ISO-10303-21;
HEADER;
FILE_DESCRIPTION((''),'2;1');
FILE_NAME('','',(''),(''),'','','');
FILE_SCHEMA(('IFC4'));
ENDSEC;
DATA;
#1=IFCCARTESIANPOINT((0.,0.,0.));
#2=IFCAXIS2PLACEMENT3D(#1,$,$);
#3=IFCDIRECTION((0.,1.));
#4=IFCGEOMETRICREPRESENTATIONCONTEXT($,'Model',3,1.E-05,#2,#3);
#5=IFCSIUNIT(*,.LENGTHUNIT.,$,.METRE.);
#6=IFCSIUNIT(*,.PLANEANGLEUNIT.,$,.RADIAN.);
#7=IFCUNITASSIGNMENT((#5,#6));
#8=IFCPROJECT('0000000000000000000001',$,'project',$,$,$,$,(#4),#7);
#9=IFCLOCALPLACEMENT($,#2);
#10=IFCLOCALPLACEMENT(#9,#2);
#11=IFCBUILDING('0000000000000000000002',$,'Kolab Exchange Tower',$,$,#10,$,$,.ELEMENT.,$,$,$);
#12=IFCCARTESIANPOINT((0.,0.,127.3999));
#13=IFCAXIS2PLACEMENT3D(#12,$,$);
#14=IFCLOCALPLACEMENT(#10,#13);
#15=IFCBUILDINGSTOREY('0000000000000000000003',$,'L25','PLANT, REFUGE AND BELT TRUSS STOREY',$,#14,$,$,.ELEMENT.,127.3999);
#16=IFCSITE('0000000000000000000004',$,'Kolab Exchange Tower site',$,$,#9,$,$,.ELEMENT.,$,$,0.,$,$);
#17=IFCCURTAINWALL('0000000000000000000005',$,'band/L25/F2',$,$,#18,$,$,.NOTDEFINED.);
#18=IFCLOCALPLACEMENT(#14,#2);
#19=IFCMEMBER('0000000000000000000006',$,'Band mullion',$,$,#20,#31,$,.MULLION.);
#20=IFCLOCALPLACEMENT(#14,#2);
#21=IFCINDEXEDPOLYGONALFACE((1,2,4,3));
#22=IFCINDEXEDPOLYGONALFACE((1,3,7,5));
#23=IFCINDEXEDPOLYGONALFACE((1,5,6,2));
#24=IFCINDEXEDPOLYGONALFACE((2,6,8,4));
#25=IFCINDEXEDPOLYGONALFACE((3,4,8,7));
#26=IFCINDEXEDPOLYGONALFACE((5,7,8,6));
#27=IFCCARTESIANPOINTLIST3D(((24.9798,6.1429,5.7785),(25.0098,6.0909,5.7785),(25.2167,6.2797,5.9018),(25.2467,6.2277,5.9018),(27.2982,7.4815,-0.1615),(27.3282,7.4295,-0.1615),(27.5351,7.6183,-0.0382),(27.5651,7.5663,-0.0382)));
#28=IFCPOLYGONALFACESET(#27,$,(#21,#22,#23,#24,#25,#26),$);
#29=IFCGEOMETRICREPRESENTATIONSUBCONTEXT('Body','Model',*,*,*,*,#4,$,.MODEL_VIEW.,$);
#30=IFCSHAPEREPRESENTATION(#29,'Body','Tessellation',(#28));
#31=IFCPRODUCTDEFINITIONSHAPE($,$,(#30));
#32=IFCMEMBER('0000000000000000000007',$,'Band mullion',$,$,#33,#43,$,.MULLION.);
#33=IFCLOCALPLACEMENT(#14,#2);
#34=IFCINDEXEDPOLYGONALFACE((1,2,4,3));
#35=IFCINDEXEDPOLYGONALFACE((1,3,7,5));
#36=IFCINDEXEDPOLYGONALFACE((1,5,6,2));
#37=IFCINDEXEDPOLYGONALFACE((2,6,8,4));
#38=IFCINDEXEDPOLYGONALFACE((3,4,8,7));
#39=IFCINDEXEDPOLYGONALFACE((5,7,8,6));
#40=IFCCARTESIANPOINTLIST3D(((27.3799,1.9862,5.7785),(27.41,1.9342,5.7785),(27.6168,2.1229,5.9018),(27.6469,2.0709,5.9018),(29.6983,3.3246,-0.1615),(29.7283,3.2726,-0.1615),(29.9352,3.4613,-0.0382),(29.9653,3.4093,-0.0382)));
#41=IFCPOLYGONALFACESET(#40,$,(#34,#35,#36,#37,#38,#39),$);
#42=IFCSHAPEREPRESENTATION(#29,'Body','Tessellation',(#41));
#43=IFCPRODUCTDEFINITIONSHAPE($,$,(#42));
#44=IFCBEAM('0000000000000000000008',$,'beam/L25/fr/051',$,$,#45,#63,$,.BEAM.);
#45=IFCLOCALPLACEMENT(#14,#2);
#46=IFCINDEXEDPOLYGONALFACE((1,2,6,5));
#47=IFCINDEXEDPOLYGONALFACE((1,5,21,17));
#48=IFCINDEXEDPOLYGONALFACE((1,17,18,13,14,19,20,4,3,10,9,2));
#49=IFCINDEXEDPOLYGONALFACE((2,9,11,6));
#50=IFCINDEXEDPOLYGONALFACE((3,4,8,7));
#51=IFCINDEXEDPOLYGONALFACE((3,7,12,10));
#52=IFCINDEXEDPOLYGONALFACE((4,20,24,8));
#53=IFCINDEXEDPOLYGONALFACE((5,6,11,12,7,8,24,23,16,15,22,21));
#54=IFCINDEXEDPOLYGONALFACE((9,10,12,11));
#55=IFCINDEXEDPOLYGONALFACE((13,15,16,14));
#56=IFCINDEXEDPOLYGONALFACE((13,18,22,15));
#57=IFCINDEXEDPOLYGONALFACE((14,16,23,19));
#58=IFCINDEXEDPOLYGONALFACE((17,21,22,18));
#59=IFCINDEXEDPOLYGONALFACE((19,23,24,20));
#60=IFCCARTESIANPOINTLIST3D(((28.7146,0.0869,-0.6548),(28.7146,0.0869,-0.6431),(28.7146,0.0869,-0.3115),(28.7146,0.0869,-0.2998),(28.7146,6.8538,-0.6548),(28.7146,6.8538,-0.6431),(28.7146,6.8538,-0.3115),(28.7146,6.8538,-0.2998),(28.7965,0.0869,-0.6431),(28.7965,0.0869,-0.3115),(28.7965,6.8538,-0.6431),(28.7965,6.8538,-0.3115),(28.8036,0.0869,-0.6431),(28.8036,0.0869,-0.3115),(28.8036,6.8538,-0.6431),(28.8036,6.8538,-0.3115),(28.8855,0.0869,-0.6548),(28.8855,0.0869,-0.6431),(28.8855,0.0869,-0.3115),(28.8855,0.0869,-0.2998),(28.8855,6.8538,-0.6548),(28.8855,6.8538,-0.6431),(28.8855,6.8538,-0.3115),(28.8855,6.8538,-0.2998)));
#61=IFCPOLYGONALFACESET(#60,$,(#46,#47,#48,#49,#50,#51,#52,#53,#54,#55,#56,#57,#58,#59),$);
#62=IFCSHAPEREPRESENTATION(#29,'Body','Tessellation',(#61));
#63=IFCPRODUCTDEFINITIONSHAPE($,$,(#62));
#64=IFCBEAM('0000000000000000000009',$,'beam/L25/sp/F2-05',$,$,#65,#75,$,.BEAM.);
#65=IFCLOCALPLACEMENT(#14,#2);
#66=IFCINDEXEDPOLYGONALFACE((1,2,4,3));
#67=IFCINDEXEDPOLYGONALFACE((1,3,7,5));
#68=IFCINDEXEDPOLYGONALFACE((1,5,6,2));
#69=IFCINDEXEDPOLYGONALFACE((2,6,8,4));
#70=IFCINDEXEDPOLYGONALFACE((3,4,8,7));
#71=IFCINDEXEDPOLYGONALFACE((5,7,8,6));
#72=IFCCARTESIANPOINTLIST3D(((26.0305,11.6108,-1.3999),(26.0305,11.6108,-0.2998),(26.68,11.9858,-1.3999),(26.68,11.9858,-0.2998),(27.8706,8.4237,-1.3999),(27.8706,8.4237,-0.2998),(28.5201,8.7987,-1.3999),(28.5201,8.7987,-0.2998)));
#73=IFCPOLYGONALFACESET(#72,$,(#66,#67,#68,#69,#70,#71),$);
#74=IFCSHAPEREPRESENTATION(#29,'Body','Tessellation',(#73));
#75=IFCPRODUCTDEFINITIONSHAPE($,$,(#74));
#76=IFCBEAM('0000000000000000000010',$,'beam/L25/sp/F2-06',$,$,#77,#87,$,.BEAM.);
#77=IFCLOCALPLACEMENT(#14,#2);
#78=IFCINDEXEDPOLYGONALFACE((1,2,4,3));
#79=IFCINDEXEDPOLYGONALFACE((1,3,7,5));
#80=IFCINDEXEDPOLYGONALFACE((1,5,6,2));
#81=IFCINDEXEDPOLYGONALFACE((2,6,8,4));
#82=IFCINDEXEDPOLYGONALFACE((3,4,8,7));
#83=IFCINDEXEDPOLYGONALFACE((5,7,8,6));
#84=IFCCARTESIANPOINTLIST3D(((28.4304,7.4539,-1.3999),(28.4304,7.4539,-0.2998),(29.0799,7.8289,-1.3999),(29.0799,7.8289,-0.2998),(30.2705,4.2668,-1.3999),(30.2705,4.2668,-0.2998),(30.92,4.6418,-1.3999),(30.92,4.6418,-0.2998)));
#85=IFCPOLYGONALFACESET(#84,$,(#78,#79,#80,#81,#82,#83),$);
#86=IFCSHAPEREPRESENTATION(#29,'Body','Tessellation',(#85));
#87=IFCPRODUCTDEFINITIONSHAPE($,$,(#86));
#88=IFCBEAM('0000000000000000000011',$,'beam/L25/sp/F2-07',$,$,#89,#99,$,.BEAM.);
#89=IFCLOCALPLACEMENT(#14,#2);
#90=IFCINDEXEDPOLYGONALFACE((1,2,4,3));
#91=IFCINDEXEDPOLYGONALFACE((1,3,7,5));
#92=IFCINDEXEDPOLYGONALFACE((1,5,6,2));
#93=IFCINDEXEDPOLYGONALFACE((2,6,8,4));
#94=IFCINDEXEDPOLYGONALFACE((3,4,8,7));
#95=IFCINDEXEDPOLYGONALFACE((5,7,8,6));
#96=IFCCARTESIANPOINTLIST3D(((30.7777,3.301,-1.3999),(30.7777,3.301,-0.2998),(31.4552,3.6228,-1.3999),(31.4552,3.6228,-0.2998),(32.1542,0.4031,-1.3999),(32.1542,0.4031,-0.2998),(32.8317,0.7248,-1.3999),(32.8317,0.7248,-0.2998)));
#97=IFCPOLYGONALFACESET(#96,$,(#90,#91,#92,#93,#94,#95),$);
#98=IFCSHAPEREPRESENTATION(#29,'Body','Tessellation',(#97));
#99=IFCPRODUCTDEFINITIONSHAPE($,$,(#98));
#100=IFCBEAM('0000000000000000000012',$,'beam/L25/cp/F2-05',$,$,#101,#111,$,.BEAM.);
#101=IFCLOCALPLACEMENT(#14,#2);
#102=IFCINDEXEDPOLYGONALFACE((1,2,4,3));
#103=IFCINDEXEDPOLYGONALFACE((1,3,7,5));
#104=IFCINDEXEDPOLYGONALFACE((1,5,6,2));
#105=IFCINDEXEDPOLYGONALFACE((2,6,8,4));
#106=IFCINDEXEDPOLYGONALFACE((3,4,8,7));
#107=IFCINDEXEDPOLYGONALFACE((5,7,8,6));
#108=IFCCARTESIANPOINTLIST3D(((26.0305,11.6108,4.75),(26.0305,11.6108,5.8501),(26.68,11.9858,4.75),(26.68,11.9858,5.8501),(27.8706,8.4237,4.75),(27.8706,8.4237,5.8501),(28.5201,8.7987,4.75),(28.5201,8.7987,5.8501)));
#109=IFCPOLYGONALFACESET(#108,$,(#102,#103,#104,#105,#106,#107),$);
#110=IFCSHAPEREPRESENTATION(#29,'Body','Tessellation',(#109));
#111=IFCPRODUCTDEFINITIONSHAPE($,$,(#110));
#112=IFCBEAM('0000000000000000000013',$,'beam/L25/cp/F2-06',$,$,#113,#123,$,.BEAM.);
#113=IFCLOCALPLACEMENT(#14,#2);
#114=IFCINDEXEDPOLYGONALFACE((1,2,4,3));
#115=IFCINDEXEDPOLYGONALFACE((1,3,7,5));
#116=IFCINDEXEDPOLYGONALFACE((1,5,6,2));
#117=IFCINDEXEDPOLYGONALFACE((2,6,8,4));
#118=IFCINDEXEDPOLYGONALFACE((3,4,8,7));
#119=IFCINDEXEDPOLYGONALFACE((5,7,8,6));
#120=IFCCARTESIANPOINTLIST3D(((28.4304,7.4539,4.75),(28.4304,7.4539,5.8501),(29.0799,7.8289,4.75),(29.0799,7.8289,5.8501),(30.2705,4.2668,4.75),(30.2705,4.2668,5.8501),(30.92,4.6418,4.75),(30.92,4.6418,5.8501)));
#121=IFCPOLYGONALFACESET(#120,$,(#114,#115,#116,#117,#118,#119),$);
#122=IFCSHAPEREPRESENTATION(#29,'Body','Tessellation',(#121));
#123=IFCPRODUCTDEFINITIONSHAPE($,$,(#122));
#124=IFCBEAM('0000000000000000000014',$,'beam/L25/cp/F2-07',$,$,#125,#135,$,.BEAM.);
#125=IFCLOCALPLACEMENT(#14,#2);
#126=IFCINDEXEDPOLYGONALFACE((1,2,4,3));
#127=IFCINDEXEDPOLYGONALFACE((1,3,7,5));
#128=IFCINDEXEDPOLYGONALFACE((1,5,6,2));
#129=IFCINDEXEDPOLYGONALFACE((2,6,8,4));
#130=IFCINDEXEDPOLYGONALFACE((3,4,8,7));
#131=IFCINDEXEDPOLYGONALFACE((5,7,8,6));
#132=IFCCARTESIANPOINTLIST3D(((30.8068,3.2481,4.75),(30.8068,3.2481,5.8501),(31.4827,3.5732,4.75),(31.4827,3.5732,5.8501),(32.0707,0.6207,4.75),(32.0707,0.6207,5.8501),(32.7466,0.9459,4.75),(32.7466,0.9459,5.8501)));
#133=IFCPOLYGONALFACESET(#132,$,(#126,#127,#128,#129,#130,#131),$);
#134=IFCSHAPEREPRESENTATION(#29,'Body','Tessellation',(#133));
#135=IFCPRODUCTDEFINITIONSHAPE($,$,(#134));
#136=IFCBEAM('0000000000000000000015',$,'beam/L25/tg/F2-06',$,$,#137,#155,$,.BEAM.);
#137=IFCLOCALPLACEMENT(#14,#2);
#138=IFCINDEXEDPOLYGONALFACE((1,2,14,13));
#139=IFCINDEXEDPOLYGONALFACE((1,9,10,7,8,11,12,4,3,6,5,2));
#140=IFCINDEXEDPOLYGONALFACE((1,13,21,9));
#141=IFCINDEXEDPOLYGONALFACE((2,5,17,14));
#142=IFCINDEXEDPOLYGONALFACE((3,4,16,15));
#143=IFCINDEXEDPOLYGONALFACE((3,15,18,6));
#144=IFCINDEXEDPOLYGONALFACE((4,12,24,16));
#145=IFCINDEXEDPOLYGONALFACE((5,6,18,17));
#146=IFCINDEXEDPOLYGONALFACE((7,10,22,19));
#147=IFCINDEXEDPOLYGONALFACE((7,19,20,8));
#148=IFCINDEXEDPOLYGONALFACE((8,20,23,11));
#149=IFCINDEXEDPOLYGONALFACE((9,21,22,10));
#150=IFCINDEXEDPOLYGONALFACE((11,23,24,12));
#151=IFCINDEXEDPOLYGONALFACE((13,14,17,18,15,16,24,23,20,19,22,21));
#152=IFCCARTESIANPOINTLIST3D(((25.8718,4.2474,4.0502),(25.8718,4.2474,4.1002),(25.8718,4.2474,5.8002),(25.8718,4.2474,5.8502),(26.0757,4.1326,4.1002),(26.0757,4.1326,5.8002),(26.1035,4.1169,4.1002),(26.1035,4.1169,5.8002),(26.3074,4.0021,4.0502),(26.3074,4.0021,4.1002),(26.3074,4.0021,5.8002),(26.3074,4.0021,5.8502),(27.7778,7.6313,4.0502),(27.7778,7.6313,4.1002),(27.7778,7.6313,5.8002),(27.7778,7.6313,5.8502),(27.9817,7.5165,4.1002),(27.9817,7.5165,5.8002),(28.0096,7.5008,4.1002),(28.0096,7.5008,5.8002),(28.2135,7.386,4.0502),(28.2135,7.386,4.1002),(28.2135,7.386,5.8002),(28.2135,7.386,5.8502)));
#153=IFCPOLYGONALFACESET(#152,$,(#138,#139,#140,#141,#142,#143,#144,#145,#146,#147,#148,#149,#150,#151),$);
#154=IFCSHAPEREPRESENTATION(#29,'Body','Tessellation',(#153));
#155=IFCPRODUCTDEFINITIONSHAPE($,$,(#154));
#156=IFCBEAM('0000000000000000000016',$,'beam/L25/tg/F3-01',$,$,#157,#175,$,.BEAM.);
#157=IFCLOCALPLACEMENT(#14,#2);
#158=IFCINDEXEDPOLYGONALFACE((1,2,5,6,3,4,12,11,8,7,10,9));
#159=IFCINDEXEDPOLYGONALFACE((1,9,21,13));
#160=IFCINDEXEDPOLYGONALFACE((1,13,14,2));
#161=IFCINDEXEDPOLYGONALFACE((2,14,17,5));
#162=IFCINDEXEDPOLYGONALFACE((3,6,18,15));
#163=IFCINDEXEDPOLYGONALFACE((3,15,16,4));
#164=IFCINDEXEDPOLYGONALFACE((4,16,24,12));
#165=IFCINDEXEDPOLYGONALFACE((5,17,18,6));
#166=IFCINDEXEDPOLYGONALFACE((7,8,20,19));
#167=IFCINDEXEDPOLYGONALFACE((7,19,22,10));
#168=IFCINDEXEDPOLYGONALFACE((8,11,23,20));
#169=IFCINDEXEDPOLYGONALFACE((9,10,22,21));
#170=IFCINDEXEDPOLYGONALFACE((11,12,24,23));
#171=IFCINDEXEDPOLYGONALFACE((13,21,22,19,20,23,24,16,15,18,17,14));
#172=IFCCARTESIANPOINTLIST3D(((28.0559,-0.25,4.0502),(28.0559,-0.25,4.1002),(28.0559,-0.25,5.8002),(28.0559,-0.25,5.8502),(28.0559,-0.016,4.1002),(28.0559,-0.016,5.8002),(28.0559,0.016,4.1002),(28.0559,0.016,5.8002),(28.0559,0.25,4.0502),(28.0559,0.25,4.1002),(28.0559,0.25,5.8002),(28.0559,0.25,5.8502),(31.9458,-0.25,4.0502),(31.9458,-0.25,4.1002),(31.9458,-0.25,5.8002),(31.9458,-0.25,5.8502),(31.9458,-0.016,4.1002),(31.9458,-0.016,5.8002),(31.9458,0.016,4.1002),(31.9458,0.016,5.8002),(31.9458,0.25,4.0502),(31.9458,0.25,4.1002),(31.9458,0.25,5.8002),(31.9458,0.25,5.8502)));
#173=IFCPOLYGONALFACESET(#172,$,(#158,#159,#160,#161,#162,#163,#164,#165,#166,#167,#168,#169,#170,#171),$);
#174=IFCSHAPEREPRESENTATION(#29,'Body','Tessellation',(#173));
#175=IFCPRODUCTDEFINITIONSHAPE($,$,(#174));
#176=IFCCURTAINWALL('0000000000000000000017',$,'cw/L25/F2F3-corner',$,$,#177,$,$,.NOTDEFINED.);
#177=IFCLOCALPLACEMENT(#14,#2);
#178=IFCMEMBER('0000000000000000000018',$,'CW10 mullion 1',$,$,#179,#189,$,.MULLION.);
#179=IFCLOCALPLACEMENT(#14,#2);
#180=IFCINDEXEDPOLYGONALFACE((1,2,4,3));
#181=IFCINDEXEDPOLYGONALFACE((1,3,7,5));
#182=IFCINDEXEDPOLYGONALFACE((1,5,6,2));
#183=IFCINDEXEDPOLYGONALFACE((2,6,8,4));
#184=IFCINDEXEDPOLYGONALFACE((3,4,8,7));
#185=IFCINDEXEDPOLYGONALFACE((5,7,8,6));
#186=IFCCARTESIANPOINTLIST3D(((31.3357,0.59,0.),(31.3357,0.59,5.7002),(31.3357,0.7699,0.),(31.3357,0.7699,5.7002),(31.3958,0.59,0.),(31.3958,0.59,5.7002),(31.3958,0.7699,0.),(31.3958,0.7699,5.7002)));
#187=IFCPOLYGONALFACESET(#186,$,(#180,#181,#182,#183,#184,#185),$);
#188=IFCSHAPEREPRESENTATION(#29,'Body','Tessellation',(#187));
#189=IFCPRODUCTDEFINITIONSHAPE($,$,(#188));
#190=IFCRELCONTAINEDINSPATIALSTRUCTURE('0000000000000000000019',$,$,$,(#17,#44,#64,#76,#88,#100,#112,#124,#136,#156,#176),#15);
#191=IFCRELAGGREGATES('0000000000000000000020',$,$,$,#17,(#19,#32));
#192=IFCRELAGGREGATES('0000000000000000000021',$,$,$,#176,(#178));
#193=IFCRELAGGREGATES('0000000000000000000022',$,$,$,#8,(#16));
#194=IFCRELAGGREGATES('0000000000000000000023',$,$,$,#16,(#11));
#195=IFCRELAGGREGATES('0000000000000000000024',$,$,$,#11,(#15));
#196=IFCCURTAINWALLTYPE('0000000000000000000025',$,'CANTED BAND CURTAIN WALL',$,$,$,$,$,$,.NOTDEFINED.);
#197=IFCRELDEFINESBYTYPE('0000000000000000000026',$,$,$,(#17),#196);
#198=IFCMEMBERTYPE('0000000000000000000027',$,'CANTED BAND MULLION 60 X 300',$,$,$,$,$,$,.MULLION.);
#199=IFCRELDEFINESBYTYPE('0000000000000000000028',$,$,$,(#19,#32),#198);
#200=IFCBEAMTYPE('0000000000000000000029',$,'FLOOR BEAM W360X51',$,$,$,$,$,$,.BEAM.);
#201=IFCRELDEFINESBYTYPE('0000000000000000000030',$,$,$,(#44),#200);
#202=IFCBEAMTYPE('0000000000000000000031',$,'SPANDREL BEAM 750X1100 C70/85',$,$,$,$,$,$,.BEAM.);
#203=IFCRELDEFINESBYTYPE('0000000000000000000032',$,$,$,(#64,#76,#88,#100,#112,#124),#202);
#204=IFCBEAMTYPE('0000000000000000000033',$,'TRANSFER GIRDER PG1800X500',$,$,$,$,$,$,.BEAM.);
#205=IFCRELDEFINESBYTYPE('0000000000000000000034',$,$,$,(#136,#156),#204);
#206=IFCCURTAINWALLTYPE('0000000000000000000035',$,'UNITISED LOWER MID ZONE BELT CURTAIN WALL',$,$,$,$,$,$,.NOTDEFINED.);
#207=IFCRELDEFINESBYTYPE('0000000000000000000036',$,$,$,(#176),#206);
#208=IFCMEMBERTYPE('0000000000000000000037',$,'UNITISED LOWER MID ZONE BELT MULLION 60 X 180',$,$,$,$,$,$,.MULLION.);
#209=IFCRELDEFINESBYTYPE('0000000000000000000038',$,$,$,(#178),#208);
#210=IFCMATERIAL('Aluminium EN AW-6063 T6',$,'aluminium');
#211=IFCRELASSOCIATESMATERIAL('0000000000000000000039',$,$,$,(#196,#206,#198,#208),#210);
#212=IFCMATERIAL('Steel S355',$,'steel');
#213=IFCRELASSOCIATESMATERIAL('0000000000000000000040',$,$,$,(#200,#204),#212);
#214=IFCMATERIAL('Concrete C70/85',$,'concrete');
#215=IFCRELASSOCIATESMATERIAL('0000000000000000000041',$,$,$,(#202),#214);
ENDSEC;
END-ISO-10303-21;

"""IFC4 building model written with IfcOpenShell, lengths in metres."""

from ifc_helpers import new_model, si_unit, direction, frame, origin, origin_2d, place, context, subcontext, project, spatial, rectangle, i_section, extrude, material, material_profile, profile_set, type_object, element, aggregate, save


model = new_model("IFC4")

# Units and contexts
model_context = context("Model", 3, precision=1e-05, world=origin(), true_north=direction((0.0, 1.0)))
body_context = subcontext(model_context, "Body", "Model", "MODEL_VIEW")
ifc_project = project(units=[si_unit("LENGTHUNIT", "METRE"), si_unit("PLANEANGLEUNIT", "RADIAN")], contexts=[model_context])

# Site, building, storey
site_placement = place(None, origin())
site = spatial("IfcSite", under=ifc_project, at=site_placement, Name="Kolab Exchange Tower site", CompositionType="ELEMENT", RefElevation=0.0)
building_placement = place(site_placement, origin())
building = spatial("IfcBuilding", under=site, at=building_placement, Name="Kolab Exchange Tower", CompositionType="ELEMENT")
storey_placement = place(building_placement, frame((0.0, 0.0, 127.3999)))
storey = spatial("IfcBuildingStorey", under=building, at=storey_placement, Name="L25", Description="PLANT, REFUGE AND BELT TRUSS STOREY", CompositionType="ELEMENT", Elevation=127.3999)

# Shared definitions
ifc_material_1 = material(Name="Concrete C70/85", Category="concrete")

# Shared definitions
ifc_material_2 = material(Name="Steel S355", Category="steel")

# Curtain wall, members
ifc_material_3 = material(Name="Aluminium EN AW-6063 T6", Category="aluminium")
curtain_wall_type_1 = type_object("IfcCurtainWallType", Name="CANTED BAND CURTAIN WALL", PredefinedType="NOTDEFINED", material=ifc_material_3)
curtain_wall_1_placement = place(storey_placement, origin())
curtain_wall_1 = element("IfcCurtainWall", 1, at=curtain_wall_1_placement, inside=storey, type_object=curtain_wall_type_1, Name="band/L25/F2", PredefinedType="NOTDEFINED")
ifc_material_profile_1 = material_profile(ifc_material_3, rectangle(XDim=0.0601, YDim=0.3, at=origin_2d()), Name="RECT 60X300")
ifc_profile_set_1 = profile_set([ifc_material_profile_1], Name="Aluminium EN AW-6063 T6")
member_type_1 = type_object("IfcMemberType", Name="CANTED BAND MULLION 60 X 300", PredefinedType="MULLION", material=ifc_profile_set_1)
member_1_placement = place(storey_placement, frame((27.4316, 7.5239, -0.0999), z_axis=(-0.355831, -0.205457, 0.911686), x_axis=(0.500033, -0.866006, 0.0)))
member_1 = element("IfcMember", 2, at=member_1_placement, type_object=member_type_1, Name="Band mullion", PredefinedType="MULLION", context=body_context, shape_type="SweptSolid", body=[
    extrude(rectangle(XDim=0.0601, YDim=0.3, at=origin_2d()), origin(), (0.0, 0.0, 1.0), 6.5154),
])
member_2_placement = place(storey_placement, frame((29.8318, 3.3669, -0.0999), z_axis=(-0.355834, -0.205421, 0.911693), x_axis=(0.499965, -0.866046, 0.0)))
member_2 = element("IfcMember", 3, at=member_2_placement, type_object=member_type_1, Name="Band mullion", PredefinedType="MULLION", context=body_context, shape_type="SweptSolid", body=[
    extrude(rectangle(XDim=0.0601, YDim=0.3, at=origin_2d()), origin(), (0.0, 0.0, 1.0), 6.5154),
])

# Beams
ifc_material_profile_2 = material_profile(ifc_material_2, i_section(OverallWidth=0.1709, OverallDepth=0.355, WebThickness=0.0071, FlangeThickness=0.0117, at=origin_2d()), Name="W360X51")
ifc_profile_set_2 = profile_set([ifc_material_profile_2], Name="Steel S355")
beam_type_1 = type_object("IfcBeamType", Name="FLOOR BEAM W360X51", PredefinedType="BEAM", material=ifc_profile_set_2)
beam_1_placement = place(storey_placement, frame((28.8, 0.0869, -0.4773), z_axis=(0.0, 1.0, 0.0), x_axis=(-1.0, 0.0, 0.0)))
element("IfcBeam", 4, at=beam_1_placement, inside=storey, type_object=beam_type_1, Name="beam/L25/fr/051", PredefinedType="BEAM", context=body_context, shape_type="SweptSolid", body=[
    extrude(i_section(OverallWidth=0.1709, OverallDepth=0.355, WebThickness=0.0071, FlangeThickness=0.0117, at=origin_2d()), origin(), (0.0, 0.0, 1.0), 6.7668),
])
ifc_material_profile_3 = material_profile(ifc_material_1, rectangle(XDim=0.75, YDim=1.1001, at=origin_2d()), Name="RC750X1100")
ifc_profile_set_3 = profile_set([ifc_material_profile_3], Name="Concrete C70/85")
beam_type_2 = type_object("IfcBeamType", Name="SPANDREL BEAM 750X1100 C70/85", PredefinedType="BEAM", material=ifc_profile_set_3)
for number, where, z_axis, x_axis, name in (
    (5, (26.3552, 11.7983, -0.8499), (0.500013, -0.866018, 0.0), (0.866018, 0.500013, 0.0), "beam/L25/sp/F2-05"),
    (6, (28.7551, 7.6414, -0.8499), (0.500013, -0.866018, 0.0), (0.866018, 0.500013, 0.0), "beam/L25/sp/F2-06"),
):
    element("IfcBeam", number, at=place(storey_placement, frame(where, z_axis=z_axis, x_axis=x_axis)), inside=storey, type_object=beam_type_2, Name=name, PredefinedType="BEAM", context=body_context, shape_type="SweptSolid", body=[
        extrude(rectangle(XDim=0.75, YDim=1.1001, at=origin_2d()), origin(), (0.0, 0.0, 1.0), 3.6802),
    ])
beam_2_placement = place(storey_placement, frame((31.1165, 3.4619, -0.8499), z_axis=(0.429041, -0.903285, 0.0), x_axis=(0.903285, 0.429041, 0.0)))
element("IfcBeam", 7, at=beam_2_placement, inside=storey, type_object=beam_type_2, Name="beam/L25/sp/F2-07", PredefinedType="BEAM", context=body_context, shape_type="SweptSolid", body=[
    extrude(rectangle(XDim=0.75, YDim=1.1001, at=origin_2d()), origin(), (0.0, 0.0, 1.0), 3.2083),
])
for number, where, z_axis, x_axis, name in (
    (8, (26.3552, 11.7983, 5.3), (0.500013, -0.866018, 0.0), (0.866018, 0.500013, 0.0), "beam/L25/cp/F2-05"),
    (9, (28.7551, 7.6414, 5.3), (0.500013, -0.866018, 0.0), (0.866018, 0.500013, 0.0), "beam/L25/cp/F2-06"),
):
    element("IfcBeam", number, at=place(storey_placement, frame(where, z_axis=z_axis, x_axis=x_axis)), inside=storey, type_object=beam_type_2, Name=name, PredefinedType="BEAM", context=body_context, shape_type="SweptSolid", body=[
        extrude(rectangle(XDim=0.75, YDim=1.1001, at=origin_2d()), origin(), (0.0, 0.0, 1.0), 3.6802),
    ])
beam_3_placement = place(storey_placement, frame((31.1448, 3.4106, 5.3), z_axis=(0.433496, -0.901156, 0.0), x_axis=(0.901156, 0.433496, 0.0)))
element("IfcBeam", 10, at=beam_3_placement, inside=storey, type_object=beam_type_2, Name="beam/L25/cp/F2-07", PredefinedType="BEAM", context=body_context, shape_type="SweptSolid", body=[
    extrude(rectangle(XDim=0.75, YDim=1.1001, at=origin_2d()), origin(), (0.0, 0.0, 1.0), 2.9155),
])
ifc_material_profile_4 = material_profile(ifc_material_2, i_section(OverallWidth=0.5, OverallDepth=1.8, WebThickness=0.032, FlangeThickness=0.05, at=origin_2d()), Name="PG1800X500")
ifc_profile_set_4 = profile_set([ifc_material_profile_4], Name="Steel S355")
beam_type_3 = type_object("IfcBeamType", Name="TRANSFER GIRDER PG1800X500", PredefinedType="BEAM", material=ifc_profile_set_4)
beam_4_placement = place(storey_placement, frame((26.0896, 4.1248, 4.9502), z_axis=(0.490775, 0.871287, 0.0), x_axis=(-0.871287, 0.490775, 0.0)))
element("IfcBeam", 11, at=beam_4_placement, inside=storey, type_object=beam_type_3, Name="beam/L25/tg/F2-06", PredefinedType="BEAM", context=body_context, shape_type="SweptSolid", body=[
    extrude(i_section(OverallWidth=0.5, OverallDepth=1.8, WebThickness=0.032, FlangeThickness=0.05, at=origin_2d()), origin(), (0.0, 0.0, 1.0), 3.8838),
])
beam_5_placement = place(storey_placement, frame((28.0559, 0.0, 4.9502), z_axis=(1.0, 0.0, 0.0), x_axis=(0.0, 1.0, 0.0)))
element("IfcBeam", 12, at=beam_5_placement, inside=storey, type_object=beam_type_3, Name="beam/L25/tg/F3-01", PredefinedType="BEAM", context=body_context, shape_type="SweptSolid", body=[
    extrude(i_section(OverallWidth=0.5, OverallDepth=1.8, WebThickness=0.032, FlangeThickness=0.05, at=origin_2d()), origin(), (0.0, 0.0, 1.0), 3.8899),
])

# Curtain wall, member
curtain_wall_type_2 = type_object("IfcCurtainWallType", Name="UNITISED LOWER MID ZONE BELT CURTAIN WALL", PredefinedType="NOTDEFINED", material=ifc_material_3)
curtain_wall_2_placement = place(storey_placement, origin())
curtain_wall_2 = element("IfcCurtainWall", 13, at=curtain_wall_2_placement, inside=storey, type_object=curtain_wall_type_2, Name="cw/L25/F2F3-corner", PredefinedType="NOTDEFINED")
ifc_material_profile_5 = material_profile(ifc_material_3, rectangle(XDim=0.0601, YDim=0.1799, at=origin_2d()), Name="RECT 60X180")
ifc_profile_set_5 = profile_set([ifc_material_profile_5], Name="Aluminium EN AW-6063 T6")
member_type_2 = type_object("IfcMemberType", Name="UNITISED LOWER MID ZONE BELT MULLION 60 X 180", PredefinedType="MULLION", material=ifc_profile_set_5)
member_3_placement = place(storey_placement, frame((31.3657, 0.6799, 0.0), z_axis=(0.0, 0.0, 1.0), x_axis=(1.0, 0.0, 0.0)))
member_3 = element("IfcMember", 14, at=member_3_placement, type_object=member_type_2, Name="CW10 mullion 1", PredefinedType="MULLION", context=body_context, shape_type="SweptSolid", body=[
    extrude(rectangle(XDim=0.0601, YDim=0.1799, at=origin_2d()), origin(), (0.0, 0.0, 1.0), 5.7002),
])

aggregate(curtain_wall_1, [member_1, member_2])
aggregate(curtain_wall_2, [member_3])

save(model, "model.ifc")
